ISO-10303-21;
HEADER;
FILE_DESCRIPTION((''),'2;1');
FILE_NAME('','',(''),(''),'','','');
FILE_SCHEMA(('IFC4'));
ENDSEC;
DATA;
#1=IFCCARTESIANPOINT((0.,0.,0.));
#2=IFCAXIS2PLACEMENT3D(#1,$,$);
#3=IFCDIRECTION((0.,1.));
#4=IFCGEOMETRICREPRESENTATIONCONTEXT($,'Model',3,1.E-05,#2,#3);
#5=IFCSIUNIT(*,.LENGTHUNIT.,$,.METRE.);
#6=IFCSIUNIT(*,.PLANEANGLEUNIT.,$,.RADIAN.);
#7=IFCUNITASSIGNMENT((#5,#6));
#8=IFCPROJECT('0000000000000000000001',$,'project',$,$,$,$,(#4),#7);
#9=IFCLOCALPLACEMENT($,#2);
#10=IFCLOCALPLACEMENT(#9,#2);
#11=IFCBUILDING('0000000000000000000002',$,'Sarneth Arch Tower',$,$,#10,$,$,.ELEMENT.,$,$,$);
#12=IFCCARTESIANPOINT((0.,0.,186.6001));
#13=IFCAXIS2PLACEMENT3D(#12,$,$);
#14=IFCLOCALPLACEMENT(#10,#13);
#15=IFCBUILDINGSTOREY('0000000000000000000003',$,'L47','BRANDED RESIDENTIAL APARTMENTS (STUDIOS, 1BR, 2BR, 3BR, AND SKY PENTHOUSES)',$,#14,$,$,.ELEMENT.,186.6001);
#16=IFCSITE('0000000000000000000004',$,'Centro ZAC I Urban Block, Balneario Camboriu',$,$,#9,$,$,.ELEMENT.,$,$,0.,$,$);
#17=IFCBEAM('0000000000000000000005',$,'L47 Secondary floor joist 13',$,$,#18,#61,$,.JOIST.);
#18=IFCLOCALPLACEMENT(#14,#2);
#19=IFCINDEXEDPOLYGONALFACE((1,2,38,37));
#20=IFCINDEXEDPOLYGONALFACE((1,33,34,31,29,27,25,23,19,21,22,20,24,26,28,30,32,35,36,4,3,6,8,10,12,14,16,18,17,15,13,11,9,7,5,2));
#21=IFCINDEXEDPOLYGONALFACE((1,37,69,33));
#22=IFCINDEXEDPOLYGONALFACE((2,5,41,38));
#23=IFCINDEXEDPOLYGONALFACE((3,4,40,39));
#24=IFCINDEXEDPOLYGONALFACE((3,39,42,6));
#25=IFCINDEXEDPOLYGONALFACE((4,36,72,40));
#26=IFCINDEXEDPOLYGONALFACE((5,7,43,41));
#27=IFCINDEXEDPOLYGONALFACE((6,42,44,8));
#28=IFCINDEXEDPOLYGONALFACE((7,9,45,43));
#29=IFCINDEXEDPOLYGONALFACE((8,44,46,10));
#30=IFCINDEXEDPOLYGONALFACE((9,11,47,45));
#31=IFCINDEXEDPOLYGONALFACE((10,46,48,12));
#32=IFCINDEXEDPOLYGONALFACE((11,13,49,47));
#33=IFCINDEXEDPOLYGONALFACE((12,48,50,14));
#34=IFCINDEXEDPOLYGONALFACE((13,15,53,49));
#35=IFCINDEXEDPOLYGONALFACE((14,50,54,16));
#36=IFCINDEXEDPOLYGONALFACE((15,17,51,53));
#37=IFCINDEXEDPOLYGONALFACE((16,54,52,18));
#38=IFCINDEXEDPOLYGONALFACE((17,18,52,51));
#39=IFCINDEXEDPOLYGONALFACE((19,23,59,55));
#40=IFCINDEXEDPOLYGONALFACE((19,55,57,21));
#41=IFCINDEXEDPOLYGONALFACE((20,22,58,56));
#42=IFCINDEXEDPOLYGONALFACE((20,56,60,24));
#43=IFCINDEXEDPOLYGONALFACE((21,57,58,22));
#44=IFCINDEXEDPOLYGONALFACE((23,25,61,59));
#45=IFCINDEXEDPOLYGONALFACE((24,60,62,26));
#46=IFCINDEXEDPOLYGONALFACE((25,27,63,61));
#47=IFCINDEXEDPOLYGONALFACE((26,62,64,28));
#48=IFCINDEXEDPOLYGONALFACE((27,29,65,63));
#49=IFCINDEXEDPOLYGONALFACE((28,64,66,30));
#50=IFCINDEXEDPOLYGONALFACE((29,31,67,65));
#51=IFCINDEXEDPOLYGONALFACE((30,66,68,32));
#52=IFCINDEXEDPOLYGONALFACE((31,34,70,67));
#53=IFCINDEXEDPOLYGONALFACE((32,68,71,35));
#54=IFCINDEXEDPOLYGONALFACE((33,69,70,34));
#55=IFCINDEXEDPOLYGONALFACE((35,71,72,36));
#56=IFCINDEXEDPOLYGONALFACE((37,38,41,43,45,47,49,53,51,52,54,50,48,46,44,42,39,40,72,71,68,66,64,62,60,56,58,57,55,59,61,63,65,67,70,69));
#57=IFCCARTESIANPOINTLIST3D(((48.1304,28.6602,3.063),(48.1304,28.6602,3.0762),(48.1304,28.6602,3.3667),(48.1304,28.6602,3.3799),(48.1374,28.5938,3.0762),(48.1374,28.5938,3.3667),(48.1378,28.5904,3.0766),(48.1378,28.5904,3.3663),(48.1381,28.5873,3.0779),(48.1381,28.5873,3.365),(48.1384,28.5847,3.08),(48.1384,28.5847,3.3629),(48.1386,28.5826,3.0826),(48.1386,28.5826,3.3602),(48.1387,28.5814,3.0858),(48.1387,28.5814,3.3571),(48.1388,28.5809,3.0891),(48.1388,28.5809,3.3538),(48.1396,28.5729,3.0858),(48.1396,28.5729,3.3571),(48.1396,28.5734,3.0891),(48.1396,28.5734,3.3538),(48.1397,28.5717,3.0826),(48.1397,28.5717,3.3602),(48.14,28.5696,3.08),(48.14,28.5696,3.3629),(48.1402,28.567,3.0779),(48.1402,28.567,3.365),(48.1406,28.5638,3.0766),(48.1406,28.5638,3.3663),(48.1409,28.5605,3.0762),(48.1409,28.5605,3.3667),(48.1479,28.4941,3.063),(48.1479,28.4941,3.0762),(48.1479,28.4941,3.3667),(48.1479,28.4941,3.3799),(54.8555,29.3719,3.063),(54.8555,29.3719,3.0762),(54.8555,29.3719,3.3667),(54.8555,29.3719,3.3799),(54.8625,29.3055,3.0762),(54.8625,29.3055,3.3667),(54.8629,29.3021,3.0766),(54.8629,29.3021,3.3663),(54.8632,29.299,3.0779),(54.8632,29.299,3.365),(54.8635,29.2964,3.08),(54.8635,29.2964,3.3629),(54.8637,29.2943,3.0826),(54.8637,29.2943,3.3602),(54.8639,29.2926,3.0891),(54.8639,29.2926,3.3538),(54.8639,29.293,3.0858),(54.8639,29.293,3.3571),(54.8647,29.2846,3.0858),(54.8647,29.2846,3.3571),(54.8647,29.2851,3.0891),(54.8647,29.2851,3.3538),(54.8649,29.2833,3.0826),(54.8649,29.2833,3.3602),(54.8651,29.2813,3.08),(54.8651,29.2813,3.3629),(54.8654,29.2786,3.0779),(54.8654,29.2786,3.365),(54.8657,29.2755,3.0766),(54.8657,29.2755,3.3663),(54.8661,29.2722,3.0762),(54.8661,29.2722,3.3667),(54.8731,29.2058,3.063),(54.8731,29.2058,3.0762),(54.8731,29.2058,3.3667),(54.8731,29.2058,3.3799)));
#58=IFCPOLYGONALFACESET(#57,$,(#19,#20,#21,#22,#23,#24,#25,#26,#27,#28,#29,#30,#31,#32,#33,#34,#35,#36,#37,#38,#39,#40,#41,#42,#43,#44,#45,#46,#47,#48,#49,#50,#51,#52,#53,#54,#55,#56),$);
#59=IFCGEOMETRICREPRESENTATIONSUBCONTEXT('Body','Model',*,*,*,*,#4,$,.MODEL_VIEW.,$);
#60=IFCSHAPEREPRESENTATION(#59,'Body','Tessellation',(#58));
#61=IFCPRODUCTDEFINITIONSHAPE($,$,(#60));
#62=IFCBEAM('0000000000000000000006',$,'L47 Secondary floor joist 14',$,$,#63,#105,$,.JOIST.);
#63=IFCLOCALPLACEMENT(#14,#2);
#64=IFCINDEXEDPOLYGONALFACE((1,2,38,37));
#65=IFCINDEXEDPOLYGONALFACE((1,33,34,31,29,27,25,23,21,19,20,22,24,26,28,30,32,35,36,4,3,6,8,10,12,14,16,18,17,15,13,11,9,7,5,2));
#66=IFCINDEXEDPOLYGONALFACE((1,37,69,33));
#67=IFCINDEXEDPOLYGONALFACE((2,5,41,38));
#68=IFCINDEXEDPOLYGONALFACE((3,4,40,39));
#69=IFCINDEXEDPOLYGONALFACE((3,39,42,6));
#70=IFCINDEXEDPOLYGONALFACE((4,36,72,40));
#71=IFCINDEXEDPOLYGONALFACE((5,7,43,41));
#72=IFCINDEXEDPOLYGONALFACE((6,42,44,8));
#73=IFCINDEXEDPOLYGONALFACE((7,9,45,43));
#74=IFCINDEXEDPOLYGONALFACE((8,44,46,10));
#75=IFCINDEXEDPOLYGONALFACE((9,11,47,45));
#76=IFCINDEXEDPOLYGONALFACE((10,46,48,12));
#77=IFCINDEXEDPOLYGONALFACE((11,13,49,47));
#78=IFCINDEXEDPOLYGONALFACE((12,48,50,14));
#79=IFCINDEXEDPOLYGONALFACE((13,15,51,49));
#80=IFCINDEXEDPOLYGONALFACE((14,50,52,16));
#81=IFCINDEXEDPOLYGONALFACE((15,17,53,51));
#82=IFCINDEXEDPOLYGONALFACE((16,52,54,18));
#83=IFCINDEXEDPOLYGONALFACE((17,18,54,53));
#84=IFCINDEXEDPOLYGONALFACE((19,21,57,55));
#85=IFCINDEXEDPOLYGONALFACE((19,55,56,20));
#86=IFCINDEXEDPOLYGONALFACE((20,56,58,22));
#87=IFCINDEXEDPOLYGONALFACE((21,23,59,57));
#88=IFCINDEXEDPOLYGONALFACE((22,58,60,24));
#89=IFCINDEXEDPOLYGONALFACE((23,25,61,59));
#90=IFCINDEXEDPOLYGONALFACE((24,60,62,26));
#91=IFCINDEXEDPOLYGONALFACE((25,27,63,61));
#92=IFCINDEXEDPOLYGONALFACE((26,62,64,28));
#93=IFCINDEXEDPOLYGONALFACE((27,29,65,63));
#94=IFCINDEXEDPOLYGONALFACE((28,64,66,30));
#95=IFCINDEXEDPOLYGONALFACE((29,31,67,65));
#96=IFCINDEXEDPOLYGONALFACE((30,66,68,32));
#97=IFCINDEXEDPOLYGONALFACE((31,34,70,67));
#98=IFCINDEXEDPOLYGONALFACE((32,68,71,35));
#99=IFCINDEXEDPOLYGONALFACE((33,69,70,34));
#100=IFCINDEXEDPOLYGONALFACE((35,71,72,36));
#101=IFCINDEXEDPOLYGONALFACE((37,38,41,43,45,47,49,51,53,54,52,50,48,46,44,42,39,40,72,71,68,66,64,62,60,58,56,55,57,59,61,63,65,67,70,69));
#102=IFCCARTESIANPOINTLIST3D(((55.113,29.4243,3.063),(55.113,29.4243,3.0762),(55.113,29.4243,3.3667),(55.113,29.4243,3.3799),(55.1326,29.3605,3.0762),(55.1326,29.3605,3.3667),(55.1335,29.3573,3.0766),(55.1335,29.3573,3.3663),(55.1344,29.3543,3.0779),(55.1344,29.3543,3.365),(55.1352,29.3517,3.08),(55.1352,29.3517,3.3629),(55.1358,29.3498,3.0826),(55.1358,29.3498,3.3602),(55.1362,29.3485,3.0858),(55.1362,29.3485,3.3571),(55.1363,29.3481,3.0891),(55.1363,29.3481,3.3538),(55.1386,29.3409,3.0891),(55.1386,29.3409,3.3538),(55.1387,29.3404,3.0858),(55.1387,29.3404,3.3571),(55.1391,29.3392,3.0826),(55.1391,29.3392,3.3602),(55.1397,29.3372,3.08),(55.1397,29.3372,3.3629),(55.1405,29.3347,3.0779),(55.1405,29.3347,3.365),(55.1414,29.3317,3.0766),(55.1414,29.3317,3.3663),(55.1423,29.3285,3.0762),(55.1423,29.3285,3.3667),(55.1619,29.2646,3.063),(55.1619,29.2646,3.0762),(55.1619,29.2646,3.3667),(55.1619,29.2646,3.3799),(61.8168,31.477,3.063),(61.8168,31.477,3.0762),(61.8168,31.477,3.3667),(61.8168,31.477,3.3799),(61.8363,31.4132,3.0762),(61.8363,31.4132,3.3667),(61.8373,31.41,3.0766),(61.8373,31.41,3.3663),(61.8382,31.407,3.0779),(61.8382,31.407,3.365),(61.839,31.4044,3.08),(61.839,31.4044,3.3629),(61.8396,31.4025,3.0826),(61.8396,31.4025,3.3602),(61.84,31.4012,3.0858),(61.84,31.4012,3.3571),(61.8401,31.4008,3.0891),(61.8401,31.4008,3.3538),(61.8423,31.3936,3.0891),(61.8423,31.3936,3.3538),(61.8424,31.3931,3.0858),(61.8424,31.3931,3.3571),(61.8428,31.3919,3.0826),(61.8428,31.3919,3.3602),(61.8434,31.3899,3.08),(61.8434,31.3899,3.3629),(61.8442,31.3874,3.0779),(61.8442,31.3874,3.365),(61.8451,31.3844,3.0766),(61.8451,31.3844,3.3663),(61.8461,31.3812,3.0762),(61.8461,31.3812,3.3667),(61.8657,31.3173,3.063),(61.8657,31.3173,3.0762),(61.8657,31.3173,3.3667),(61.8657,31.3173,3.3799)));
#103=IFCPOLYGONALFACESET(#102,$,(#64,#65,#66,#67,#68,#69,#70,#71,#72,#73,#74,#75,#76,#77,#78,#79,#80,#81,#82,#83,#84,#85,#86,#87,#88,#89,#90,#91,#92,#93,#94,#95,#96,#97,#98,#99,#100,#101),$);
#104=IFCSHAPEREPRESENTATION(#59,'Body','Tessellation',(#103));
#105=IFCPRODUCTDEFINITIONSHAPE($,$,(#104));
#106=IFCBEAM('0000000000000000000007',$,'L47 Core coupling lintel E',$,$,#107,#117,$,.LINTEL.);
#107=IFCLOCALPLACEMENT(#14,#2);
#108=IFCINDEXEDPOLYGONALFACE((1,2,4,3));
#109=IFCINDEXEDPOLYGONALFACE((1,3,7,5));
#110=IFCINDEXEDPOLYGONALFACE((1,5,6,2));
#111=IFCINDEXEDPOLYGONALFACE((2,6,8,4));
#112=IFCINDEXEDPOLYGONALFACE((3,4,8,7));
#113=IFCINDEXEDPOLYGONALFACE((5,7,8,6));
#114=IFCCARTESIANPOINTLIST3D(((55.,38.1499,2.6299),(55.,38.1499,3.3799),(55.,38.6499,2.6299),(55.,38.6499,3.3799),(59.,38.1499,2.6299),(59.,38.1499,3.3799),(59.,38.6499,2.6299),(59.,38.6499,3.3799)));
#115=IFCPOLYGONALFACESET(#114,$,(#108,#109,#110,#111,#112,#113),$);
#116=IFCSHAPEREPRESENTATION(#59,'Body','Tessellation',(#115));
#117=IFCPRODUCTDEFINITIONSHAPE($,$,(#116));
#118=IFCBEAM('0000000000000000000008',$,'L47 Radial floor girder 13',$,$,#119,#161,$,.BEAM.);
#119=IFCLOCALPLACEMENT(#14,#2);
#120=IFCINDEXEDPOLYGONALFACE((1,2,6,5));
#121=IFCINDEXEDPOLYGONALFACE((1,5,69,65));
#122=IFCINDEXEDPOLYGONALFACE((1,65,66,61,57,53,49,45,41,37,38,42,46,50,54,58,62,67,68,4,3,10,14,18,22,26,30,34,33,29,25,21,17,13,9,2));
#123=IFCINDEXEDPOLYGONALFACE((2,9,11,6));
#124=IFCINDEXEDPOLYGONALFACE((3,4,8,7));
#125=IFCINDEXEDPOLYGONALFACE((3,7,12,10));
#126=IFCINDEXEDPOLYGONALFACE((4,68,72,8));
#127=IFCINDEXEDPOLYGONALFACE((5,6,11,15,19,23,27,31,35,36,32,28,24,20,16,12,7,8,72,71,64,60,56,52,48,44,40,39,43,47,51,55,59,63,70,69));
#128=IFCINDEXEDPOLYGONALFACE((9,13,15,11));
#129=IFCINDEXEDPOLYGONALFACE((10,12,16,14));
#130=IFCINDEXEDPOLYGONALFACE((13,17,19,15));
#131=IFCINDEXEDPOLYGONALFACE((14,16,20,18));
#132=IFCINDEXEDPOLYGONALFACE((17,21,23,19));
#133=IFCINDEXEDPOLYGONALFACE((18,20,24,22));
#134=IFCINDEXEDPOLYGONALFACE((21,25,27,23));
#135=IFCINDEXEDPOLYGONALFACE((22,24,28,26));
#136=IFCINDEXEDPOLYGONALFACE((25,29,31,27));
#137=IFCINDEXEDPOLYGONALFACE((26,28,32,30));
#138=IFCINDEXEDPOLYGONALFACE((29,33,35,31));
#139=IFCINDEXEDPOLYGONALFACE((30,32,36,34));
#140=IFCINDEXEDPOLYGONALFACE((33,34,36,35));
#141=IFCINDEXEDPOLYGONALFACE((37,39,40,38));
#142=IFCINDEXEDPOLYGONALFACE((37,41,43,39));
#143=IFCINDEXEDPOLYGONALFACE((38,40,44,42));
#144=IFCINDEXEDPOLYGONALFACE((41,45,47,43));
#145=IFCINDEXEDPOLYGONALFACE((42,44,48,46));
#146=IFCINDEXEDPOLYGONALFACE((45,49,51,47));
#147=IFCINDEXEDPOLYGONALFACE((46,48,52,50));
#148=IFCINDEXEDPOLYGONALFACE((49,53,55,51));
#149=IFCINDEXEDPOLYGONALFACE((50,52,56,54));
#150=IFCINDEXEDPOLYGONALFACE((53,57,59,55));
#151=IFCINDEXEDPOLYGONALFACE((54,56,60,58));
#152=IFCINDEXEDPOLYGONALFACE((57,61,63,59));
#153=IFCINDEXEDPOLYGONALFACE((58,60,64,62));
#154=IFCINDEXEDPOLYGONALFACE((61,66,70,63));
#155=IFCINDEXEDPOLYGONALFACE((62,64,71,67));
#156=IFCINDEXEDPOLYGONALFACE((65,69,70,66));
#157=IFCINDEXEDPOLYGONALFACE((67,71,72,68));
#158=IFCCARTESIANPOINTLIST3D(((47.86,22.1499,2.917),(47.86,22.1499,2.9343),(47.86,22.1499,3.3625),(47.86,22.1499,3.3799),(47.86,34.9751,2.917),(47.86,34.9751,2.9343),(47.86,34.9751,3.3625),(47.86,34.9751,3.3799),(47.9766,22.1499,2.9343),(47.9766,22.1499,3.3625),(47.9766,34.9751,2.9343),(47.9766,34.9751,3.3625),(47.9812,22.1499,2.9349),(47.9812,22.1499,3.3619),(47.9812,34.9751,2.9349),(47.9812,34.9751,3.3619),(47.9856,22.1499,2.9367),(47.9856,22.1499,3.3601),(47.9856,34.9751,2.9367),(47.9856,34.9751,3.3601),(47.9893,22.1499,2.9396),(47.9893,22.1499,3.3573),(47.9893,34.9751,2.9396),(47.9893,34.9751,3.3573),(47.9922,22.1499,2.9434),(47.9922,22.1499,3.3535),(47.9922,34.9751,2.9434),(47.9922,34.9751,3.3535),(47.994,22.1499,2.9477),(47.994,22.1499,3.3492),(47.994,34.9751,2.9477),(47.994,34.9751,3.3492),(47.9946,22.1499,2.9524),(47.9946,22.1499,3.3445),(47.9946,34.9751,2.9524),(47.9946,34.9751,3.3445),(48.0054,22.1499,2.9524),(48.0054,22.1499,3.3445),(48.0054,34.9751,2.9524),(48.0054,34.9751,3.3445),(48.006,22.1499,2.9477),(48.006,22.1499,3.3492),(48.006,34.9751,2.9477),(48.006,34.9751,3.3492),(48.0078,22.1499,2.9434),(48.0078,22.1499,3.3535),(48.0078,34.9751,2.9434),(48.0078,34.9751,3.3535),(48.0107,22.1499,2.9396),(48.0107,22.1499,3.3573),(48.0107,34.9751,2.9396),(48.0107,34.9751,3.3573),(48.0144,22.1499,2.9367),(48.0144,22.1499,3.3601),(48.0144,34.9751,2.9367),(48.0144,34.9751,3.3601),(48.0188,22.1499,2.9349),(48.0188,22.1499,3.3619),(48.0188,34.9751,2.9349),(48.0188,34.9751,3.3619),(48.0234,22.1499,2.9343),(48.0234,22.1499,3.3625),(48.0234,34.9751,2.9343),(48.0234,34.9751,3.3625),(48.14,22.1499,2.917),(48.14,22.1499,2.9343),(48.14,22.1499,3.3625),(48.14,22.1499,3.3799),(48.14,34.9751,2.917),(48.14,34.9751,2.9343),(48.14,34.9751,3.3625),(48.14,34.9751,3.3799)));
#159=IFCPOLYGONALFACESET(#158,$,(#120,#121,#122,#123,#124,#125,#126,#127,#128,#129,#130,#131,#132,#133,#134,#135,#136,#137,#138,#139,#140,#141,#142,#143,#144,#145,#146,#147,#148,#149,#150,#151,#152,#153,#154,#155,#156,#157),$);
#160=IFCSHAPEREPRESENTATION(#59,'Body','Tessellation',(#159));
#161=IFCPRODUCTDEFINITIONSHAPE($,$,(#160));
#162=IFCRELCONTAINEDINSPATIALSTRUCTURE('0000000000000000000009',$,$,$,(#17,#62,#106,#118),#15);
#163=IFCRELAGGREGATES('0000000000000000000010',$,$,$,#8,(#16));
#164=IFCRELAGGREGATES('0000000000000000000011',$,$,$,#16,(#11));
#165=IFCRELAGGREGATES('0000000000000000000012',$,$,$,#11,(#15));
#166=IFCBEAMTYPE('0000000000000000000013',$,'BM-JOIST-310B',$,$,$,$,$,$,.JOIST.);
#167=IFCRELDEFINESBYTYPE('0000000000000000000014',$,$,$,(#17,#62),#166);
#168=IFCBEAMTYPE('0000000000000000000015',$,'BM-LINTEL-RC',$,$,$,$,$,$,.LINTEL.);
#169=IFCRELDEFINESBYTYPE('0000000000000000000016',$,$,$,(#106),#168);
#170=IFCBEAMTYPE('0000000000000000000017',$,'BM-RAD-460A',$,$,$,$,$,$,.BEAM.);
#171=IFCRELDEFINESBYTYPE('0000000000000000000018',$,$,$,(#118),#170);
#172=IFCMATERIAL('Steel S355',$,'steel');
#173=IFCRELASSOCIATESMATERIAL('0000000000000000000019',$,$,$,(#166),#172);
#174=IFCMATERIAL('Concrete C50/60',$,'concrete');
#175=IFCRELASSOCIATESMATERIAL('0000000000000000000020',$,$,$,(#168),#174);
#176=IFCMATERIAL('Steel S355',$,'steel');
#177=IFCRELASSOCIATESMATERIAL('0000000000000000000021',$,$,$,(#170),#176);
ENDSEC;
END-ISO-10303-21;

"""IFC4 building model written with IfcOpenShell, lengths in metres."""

from ifc_helpers import new_model, si_unit, direction, frame, origin, origin_2d, place, context, subcontext, project, spatial, rectangle, i_section, extrude, material, material_profile, profile_set, type_object, element, save


model = new_model("IFC4")

# Units and contexts
model_context = context("Model", 3, precision=1e-05, world=origin(), true_north=direction((0.0, 1.0)))
body_context = subcontext(model_context, "Body", "Model", "MODEL_VIEW")
ifc_project = project(units=[si_unit("LENGTHUNIT", "METRE"), si_unit("PLANEANGLEUNIT", "RADIAN")], contexts=[model_context])

# Site, building, storey
site_placement = place(None, origin())
site = spatial("IfcSite", under=ifc_project, at=site_placement, Name="Centro ZAC I Urban Block, Balneario Camboriu", CompositionType="ELEMENT", RefElevation=0.0)
building_placement = place(site_placement, origin())
building = spatial("IfcBuilding", under=site, at=building_placement, Name="Sarneth Arch Tower", CompositionType="ELEMENT")
storey_placement = place(building_placement, frame((0.0, 0.0, 186.6001)))
storey = spatial("IfcBuildingStorey", under=building, at=storey_placement, Name="L47", Description="BRANDED RESIDENTIAL APARTMENTS (STUDIOS, 1BR, 2BR, 3BR, AND SKY PENTHOUSES)", CompositionType="ELEMENT", Elevation=186.6001)

# Beams
ifc_material_1 = material(Name="Steel S355", Category="steel")
ifc_material_profile_1 = material_profile(ifc_material_1, i_section(OverallWidth=0.167, OverallDepth=0.3169, WebThickness=0.0076, FlangeThickness=0.0132, FilletRadius=0.0129, at=origin_2d()), Name="W310x52")
ifc_profile_set_1 = profile_set([ifc_material_profile_1], Name="Steel S355")
beam_type_1 = type_object("IfcBeamType", Name="BM-JOIST-310B", PredefinedType="JOIST", material=ifc_profile_set_1)
beam_1_placement = place(storey_placement, frame((48.1392, 28.5771, 3.2214), z_axis=(0.994447, 0.105235, 0.0), x_axis=(-0.105235, 0.994447, 0.0)))
element("IfcBeam", 1, at=beam_1_placement, inside=storey, type_object=beam_type_1, Name="L47 Secondary floor joist 13", PredefinedType="JOIST", context=body_context, shape_type="SweptSolid", body=[
    extrude(i_section(OverallWidth=0.167, OverallDepth=0.3169, WebThickness=0.0076, FlangeThickness=0.0132, FilletRadius=0.0129, at=origin_2d()), origin(), (0.0, 0.0, 1.0), 6.7627),
])
beam_2_placement = place(storey_placement, frame((55.1375, 29.3445, 3.2214), z_axis=(0.956179, 0.292784, 0.0), x_axis=(-0.292784, 0.956179, 0.0)))
element("IfcBeam", 2, at=beam_2_placement, inside=storey, type_object=beam_type_1, Name="L47 Secondary floor joist 14", PredefinedType="JOIST", context=body_context, shape_type="SweptSolid", body=[
    extrude(i_section(OverallWidth=0.167, OverallDepth=0.3169, WebThickness=0.0076, FlangeThickness=0.0132, FilletRadius=0.0129, at=origin_2d()), origin(), (0.0, 0.0, 1.0), 7.011),
])
ifc_material_2 = material(Name="Concrete C50/60", Category="concrete")
ifc_material_profile_2 = material_profile(ifc_material_2, rectangle(XDim=0.5, YDim=0.75, at=origin_2d()), Name="RC-500x750")
ifc_profile_set_2 = profile_set([ifc_material_profile_2], Name="Concrete C50/60")
beam_type_2 = type_object("IfcBeamType", Name="BM-LINTEL-RC", PredefinedType="LINTEL", material=ifc_profile_set_2)
beam_3_placement = place(storey_placement, frame((55.0, 38.3999, 3.0049), z_axis=(1.0, 0.0, 0.0), x_axis=(0.0, 1.0, 0.0)))
element("IfcBeam", 3, at=beam_3_placement, inside=storey, type_object=beam_type_2, Name="L47 Core coupling lintel E", PredefinedType="LINTEL", context=body_context, shape_type="SweptSolid", body=[
    extrude(rectangle(XDim=0.5, YDim=0.75, at=origin_2d()), origin(), (0.0, 0.0, 1.0), 4.0),
])
ifc_material_3 = material(Name="Steel S355", Category="steel")
ifc_material_profile_3 = material_profile(ifc_material_3, i_section(OverallWidth=0.28, OverallDepth=0.4629, WebThickness=0.0107, FlangeThickness=0.0173, FilletRadius=0.0181, at=origin_2d()), Name="W460x113")
ifc_profile_set_3 = profile_set([ifc_material_profile_3], Name="Steel S355")
beam_type_3 = type_object("IfcBeamType", Name="BM-RAD-460A", PredefinedType="BEAM", material=ifc_profile_set_3)
beam_4_placement = place(storey_placement, frame((48.0, 34.9751, 3.1484), z_axis=(0.0, -1.0, 0.0), x_axis=(1.0, 0.0, 0.0)))
element("IfcBeam", 4, at=beam_4_placement, inside=storey, type_object=beam_type_3, Name="L47 Radial floor girder 13", PredefinedType="BEAM", context=body_context, shape_type="SweptSolid", body=[
    extrude(i_section(OverallWidth=0.28, OverallDepth=0.4629, WebThickness=0.0107, FlangeThickness=0.0173, FilletRadius=0.0181, at=origin_2d()), origin(), (0.0, 0.0, 1.0), 12.8252),
])

save(model, "model.ifc")
